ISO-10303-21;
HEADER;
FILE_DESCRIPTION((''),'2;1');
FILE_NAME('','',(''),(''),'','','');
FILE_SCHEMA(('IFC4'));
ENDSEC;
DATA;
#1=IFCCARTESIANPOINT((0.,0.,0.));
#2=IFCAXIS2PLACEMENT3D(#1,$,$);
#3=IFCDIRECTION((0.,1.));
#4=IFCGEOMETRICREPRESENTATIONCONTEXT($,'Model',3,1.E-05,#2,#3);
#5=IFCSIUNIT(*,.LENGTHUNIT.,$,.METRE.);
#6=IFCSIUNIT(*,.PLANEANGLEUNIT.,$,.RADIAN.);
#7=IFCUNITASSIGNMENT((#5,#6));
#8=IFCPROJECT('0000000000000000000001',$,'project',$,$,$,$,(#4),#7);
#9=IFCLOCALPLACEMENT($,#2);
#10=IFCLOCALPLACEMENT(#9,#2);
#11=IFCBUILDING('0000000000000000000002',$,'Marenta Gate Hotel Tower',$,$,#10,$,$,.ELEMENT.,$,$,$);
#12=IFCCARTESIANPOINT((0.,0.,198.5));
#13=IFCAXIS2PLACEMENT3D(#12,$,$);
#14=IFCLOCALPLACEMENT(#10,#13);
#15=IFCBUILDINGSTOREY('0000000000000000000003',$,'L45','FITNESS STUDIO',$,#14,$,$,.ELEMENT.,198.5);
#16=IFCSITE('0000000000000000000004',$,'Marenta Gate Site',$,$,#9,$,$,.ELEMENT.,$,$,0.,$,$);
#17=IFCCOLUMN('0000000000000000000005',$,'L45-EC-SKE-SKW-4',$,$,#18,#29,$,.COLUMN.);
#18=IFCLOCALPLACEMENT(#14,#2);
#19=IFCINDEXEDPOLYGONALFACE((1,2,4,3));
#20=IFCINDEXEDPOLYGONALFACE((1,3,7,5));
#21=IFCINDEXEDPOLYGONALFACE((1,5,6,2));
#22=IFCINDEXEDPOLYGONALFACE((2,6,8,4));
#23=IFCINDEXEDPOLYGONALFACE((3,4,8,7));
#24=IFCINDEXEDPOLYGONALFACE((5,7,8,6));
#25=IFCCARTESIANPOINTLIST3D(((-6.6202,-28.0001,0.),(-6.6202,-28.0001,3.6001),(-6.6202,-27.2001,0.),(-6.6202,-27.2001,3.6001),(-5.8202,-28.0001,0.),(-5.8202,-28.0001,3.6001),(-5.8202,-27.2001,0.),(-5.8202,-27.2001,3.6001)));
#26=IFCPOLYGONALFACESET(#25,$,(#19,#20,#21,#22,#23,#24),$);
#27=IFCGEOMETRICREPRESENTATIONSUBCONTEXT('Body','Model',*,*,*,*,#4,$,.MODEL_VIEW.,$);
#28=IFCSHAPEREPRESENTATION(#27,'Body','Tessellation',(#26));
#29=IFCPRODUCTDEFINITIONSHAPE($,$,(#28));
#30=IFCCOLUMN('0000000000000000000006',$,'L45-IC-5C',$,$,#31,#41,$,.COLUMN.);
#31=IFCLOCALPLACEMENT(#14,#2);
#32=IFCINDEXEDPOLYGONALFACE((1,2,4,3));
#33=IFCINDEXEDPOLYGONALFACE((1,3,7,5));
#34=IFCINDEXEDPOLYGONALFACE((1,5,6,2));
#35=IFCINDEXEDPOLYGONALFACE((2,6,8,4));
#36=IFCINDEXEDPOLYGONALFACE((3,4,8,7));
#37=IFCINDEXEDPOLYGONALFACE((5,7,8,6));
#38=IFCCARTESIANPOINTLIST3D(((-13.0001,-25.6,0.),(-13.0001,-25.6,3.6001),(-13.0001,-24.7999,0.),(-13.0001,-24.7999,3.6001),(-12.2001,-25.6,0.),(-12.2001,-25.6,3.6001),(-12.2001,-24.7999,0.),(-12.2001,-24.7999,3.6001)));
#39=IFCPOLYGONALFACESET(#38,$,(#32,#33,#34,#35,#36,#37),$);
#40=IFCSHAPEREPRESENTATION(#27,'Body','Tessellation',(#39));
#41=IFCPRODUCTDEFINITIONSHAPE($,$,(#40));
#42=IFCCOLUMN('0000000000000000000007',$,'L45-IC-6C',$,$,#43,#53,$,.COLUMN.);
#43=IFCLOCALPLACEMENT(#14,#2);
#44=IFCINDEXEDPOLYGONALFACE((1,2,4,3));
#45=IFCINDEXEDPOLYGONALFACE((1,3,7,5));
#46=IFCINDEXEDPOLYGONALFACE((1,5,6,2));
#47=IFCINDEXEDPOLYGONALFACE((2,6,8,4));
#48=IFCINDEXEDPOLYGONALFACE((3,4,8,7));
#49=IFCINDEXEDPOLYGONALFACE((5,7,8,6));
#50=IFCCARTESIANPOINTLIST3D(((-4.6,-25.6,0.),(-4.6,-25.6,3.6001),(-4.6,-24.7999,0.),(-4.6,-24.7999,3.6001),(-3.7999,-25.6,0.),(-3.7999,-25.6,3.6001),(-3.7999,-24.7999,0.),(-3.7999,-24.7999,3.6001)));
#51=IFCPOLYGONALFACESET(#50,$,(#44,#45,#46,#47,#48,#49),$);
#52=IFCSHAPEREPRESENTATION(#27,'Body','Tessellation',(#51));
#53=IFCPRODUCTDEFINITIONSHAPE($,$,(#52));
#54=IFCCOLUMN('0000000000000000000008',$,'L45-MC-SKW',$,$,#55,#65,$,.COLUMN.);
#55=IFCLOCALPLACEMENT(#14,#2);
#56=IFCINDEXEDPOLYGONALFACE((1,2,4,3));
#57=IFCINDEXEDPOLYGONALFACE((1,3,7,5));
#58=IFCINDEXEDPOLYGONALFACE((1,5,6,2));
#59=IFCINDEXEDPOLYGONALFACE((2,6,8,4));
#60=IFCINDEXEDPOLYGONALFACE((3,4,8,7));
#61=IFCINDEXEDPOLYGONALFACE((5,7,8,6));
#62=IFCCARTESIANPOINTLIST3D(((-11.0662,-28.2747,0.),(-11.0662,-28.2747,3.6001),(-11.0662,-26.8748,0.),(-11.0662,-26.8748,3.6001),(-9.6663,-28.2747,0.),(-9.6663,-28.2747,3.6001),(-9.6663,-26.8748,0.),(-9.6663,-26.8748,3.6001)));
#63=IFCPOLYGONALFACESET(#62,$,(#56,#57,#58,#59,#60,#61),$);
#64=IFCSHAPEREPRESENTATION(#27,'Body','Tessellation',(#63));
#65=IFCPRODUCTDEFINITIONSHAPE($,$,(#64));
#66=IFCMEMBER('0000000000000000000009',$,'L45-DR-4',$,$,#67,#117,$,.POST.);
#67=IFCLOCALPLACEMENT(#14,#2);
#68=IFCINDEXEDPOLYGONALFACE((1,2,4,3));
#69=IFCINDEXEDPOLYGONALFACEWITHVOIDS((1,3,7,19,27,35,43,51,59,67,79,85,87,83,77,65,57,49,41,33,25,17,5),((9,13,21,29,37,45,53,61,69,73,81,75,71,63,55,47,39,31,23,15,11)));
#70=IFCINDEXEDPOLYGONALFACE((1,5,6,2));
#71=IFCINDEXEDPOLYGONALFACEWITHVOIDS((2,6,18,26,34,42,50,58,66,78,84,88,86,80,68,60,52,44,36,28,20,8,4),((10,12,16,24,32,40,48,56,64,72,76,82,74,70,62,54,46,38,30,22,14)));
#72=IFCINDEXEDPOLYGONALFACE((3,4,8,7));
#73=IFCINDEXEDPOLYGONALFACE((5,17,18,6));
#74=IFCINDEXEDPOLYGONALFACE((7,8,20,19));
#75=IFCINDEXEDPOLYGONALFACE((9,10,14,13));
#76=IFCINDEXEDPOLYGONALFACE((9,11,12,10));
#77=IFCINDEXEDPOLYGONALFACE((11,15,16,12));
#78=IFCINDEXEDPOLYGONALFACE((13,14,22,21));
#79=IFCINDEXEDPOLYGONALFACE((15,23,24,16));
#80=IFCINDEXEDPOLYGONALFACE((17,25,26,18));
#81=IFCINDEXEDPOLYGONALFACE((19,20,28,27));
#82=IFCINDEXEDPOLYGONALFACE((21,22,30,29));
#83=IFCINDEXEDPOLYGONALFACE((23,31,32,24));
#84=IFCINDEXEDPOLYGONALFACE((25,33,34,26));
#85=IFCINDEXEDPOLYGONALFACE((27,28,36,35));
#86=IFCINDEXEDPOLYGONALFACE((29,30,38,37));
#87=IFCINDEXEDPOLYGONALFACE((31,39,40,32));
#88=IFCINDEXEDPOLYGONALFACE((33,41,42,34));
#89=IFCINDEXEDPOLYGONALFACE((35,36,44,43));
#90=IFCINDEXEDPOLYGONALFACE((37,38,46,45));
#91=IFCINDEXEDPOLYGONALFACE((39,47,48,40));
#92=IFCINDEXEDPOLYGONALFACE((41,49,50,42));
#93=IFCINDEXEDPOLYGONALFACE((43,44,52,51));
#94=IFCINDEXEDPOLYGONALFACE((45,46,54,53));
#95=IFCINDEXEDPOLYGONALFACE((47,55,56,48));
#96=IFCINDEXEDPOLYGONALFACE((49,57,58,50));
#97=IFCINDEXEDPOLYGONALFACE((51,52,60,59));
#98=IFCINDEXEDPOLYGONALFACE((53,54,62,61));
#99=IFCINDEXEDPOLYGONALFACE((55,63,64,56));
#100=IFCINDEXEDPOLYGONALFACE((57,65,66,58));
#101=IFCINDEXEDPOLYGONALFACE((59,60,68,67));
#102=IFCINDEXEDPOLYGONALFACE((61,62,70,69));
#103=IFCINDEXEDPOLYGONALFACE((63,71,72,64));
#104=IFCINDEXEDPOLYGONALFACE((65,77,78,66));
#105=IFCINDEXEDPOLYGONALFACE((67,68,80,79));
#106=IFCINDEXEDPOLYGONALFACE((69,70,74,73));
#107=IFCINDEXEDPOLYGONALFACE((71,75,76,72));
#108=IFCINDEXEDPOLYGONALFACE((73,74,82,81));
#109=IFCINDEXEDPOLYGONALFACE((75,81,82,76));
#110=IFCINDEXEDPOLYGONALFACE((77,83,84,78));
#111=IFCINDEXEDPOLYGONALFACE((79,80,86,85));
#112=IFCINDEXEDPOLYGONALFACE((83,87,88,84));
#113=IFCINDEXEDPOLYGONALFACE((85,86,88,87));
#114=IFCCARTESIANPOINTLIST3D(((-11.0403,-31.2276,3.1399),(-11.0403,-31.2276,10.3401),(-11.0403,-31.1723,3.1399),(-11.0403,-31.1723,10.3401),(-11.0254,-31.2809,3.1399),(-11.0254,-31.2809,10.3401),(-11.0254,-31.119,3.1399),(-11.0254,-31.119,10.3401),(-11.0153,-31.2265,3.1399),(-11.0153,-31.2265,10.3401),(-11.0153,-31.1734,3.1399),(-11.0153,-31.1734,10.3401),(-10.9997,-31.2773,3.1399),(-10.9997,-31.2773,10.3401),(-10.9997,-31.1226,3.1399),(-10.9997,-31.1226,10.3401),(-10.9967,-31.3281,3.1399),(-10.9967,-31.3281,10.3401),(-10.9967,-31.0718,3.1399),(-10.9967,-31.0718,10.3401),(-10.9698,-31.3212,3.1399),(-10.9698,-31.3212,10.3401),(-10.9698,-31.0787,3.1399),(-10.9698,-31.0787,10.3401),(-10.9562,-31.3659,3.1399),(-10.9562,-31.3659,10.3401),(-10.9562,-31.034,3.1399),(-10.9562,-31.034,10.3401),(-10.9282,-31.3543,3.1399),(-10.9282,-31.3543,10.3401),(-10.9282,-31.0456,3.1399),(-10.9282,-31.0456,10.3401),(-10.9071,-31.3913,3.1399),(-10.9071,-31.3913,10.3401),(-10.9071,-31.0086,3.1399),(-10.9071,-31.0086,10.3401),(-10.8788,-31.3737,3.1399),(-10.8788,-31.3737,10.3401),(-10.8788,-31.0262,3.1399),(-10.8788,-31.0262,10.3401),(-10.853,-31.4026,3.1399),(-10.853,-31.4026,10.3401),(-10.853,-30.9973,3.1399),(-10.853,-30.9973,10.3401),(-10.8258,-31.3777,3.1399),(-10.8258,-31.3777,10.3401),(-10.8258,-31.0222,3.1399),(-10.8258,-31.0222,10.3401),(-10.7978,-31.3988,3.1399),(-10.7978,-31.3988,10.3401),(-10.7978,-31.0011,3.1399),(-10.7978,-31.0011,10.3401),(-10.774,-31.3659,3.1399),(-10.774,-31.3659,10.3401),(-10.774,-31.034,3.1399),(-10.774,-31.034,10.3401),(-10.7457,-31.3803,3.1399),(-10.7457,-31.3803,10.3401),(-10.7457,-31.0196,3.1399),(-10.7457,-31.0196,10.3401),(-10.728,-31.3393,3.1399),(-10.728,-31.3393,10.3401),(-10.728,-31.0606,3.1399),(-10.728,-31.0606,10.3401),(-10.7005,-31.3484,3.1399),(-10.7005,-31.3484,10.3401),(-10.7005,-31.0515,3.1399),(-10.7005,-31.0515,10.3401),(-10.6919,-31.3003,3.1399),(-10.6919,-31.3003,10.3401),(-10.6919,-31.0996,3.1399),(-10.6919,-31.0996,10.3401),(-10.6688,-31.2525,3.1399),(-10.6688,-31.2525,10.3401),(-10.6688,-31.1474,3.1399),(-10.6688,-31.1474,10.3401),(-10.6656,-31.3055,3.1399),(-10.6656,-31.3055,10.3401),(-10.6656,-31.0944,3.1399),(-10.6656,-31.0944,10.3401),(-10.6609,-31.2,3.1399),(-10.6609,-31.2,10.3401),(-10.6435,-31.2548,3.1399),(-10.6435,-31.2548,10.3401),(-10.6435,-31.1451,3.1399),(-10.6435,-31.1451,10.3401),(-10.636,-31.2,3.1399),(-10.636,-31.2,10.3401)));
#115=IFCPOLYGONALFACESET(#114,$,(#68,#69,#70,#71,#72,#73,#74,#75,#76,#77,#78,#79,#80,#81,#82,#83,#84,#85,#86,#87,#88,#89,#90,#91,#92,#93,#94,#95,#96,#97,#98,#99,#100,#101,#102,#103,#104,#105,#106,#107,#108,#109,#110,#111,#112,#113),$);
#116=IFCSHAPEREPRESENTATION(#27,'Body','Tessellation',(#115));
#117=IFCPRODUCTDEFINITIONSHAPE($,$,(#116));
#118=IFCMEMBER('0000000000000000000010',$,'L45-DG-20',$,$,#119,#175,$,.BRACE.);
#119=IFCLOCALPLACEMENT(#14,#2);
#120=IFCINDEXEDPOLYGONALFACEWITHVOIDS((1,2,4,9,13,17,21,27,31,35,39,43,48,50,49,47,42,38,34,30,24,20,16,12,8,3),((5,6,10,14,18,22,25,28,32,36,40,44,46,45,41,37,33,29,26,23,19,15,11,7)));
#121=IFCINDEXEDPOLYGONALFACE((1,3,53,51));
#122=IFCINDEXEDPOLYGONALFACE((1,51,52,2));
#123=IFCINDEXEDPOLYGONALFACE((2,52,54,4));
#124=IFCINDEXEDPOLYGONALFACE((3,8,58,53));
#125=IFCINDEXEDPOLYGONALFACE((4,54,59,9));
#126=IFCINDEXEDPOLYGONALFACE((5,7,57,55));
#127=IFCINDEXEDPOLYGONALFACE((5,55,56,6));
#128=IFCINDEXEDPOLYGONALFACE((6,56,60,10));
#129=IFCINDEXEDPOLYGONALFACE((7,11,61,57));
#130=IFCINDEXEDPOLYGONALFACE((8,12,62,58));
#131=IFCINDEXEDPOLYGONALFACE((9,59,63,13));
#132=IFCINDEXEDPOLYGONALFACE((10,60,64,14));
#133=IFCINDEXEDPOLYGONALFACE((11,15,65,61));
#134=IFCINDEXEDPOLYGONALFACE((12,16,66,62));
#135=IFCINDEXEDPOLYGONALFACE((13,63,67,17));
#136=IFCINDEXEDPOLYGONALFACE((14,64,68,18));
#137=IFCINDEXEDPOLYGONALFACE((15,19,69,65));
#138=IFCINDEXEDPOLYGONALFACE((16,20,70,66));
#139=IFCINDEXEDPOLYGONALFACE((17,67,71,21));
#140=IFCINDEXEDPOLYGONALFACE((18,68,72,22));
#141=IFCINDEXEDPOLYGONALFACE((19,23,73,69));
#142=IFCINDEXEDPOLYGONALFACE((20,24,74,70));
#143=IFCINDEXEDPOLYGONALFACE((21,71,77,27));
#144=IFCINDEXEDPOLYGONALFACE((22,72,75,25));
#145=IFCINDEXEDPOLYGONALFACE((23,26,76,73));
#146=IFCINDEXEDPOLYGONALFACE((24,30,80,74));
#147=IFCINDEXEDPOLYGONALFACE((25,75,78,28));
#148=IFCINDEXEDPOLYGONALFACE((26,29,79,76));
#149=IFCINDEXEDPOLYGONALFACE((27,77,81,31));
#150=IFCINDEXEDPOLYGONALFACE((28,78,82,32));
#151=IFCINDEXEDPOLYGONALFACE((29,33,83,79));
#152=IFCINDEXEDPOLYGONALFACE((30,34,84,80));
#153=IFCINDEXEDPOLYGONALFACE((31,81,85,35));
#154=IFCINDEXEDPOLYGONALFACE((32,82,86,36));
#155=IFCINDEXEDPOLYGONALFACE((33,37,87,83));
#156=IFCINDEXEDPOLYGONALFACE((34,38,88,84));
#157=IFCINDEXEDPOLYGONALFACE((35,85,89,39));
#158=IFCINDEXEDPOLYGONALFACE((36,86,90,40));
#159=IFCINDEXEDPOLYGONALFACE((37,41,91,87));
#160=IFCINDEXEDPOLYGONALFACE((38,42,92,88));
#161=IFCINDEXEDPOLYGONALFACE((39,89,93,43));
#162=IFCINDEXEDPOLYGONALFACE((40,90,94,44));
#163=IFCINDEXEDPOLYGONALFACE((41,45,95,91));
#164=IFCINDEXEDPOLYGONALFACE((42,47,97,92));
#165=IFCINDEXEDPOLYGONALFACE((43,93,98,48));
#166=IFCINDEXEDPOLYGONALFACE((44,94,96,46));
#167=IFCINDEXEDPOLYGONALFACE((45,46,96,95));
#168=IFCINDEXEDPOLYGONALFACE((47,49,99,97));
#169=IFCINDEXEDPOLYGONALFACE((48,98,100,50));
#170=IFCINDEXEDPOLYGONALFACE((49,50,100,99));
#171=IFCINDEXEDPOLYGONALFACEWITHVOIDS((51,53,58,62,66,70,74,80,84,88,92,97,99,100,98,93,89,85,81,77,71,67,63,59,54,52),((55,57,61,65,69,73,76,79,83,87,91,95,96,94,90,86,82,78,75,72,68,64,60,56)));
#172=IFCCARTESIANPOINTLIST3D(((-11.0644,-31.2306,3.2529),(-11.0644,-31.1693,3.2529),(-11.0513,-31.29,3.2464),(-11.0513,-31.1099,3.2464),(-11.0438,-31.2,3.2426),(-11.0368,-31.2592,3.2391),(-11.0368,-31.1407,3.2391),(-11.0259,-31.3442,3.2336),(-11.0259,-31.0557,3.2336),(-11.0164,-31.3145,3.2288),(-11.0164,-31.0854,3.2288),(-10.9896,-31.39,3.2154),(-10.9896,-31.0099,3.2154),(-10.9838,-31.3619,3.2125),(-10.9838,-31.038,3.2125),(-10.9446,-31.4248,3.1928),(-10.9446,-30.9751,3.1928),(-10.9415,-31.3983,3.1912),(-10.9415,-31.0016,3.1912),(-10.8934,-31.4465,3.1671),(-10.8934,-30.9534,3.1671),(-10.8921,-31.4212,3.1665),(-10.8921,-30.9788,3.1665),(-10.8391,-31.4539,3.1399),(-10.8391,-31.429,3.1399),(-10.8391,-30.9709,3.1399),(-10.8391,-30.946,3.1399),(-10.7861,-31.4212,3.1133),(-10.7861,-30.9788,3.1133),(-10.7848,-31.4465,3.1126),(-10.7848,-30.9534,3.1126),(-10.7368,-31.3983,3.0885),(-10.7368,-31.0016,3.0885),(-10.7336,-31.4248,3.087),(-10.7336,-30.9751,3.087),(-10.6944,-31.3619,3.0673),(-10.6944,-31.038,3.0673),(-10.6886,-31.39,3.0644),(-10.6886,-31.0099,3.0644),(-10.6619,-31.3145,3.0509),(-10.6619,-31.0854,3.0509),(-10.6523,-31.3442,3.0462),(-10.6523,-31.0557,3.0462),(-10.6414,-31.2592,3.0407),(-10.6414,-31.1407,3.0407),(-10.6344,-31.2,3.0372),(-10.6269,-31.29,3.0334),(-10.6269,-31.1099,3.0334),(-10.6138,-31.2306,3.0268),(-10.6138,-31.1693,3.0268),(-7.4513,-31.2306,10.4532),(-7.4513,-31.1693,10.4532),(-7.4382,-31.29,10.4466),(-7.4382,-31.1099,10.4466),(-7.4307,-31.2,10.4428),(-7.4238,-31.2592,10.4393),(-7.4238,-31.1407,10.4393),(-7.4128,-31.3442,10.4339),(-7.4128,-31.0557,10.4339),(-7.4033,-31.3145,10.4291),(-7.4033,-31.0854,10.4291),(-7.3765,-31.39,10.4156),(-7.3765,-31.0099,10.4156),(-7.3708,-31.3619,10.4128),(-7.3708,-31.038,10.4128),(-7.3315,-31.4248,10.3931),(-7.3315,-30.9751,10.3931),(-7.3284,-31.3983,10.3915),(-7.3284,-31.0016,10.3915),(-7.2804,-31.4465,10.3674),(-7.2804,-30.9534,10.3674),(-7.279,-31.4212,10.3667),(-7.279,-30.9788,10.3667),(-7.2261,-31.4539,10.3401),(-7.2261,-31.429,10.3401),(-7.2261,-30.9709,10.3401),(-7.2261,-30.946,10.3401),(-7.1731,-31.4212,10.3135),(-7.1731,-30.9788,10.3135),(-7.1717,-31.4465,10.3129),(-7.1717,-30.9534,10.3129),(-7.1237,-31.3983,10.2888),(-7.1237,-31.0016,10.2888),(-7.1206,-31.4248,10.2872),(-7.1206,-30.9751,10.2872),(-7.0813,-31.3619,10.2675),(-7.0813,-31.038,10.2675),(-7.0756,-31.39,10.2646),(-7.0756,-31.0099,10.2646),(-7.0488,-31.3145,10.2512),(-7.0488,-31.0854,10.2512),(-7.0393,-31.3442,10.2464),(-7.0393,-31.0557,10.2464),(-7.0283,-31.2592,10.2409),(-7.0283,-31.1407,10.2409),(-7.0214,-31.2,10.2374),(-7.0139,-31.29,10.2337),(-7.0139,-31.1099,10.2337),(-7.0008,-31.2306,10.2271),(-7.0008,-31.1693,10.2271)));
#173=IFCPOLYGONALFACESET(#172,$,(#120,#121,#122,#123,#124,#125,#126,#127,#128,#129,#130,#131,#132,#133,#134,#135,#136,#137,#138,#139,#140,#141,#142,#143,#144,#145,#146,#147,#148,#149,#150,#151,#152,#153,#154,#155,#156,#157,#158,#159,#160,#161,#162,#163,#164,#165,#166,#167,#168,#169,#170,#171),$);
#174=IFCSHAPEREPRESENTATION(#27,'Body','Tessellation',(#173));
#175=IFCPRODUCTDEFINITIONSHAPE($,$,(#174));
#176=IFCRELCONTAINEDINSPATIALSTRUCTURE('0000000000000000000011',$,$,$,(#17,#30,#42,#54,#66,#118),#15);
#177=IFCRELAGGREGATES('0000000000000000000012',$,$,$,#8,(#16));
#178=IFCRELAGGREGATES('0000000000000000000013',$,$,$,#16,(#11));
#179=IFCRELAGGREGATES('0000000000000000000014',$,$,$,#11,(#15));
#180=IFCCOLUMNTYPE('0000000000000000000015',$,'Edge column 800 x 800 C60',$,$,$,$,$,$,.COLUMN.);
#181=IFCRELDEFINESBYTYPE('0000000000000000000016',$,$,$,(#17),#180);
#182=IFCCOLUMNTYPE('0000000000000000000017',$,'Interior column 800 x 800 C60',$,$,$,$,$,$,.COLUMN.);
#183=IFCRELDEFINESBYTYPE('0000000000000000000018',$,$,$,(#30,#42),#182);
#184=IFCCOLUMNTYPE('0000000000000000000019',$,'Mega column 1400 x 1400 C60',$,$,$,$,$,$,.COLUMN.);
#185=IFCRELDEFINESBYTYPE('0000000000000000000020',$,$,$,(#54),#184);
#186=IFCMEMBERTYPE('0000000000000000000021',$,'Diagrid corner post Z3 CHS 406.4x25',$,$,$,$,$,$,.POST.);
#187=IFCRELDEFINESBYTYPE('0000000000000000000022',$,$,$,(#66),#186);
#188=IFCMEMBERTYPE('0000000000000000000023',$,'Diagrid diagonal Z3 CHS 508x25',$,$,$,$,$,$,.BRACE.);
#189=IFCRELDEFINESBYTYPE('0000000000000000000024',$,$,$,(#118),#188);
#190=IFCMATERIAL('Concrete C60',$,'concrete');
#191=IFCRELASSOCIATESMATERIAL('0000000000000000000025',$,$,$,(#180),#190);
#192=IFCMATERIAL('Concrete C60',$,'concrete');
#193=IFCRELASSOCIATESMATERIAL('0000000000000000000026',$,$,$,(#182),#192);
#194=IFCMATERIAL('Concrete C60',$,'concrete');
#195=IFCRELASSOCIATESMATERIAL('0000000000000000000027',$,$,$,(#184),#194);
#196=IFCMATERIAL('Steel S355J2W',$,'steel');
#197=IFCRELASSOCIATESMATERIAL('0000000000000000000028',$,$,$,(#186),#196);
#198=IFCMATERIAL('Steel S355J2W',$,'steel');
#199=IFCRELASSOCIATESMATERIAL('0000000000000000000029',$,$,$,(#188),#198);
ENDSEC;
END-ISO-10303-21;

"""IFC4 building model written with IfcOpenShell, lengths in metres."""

from ifc_helpers import new_model, si_unit, direction, frame, origin, origin_2d, place, context, subcontext, project, spatial, rectangle, hollow_circle, extrude, material, material_profile, profile_set, type_object, element, save


model = new_model("IFC4")

# Units and contexts
model_context = context("Model", 3, precision=1e-05, world=origin(), true_north=direction((0.0, 1.0)))
body_context = subcontext(model_context, "Body", "Model", "MODEL_VIEW")
ifc_project = project(units=[si_unit("LENGTHUNIT", "METRE"), si_unit("PLANEANGLEUNIT", "RADIAN")], contexts=[model_context])

# Site, building, storey
site_placement = place(None, origin())
site = spatial("IfcSite", under=ifc_project, at=site_placement, Name="Marenta Gate Site", CompositionType="ELEMENT", RefElevation=0.0)
building_placement = place(site_placement, origin())
building = spatial("IfcBuilding", under=site, at=building_placement, Name="Marenta Gate Hotel Tower", CompositionType="ELEMENT")
storey_placement = place(building_placement, frame((0.0, 0.0, 198.5)))
storey = spatial("IfcBuildingStorey", under=building, at=storey_placement, Name="L45", Description="FITNESS STUDIO", CompositionType="ELEMENT", Elevation=198.5)

# Columns
ifc_material_1 = material(Name="Concrete C60", Category="concrete")
ifc_material_profile_1 = material_profile(ifc_material_1, rectangle(XDim=0.8, YDim=0.8, at=origin_2d()), Name="800 x 800")
ifc_profile_set_1 = profile_set([ifc_material_profile_1], Name="Concrete C60")
column_type_1 = type_object("IfcColumnType", Name="Edge column 800 x 800 C60", PredefinedType="COLUMN", material=ifc_profile_set_1)
column_1_placement = place(storey_placement, frame((-6.2202, -27.6001, 0.0), z_axis=(0.0, 0.0, 1.0), x_axis=(1.0, 0.0, 0.0)))
element("IfcColumn", 1, at=column_1_placement, inside=storey, type_object=column_type_1, Name="L45-EC-SKE-SKW-4", PredefinedType="COLUMN", context=body_context, shape_type="SweptSolid", body=[
    extrude(rectangle(XDim=0.8, YDim=0.8, at=origin_2d()), origin(), (0.0, 0.0, 1.0), 3.6001),
])
ifc_material_2 = material(Name="Concrete C60", Category="concrete")
ifc_material_profile_2 = material_profile(ifc_material_2, rectangle(XDim=0.8, YDim=0.8, at=origin_2d()), Name="800 x 800")
ifc_profile_set_2 = profile_set([ifc_material_profile_2], Name="Concrete C60")
column_type_2 = type_object("IfcColumnType", Name="Interior column 800 x 800 C60", PredefinedType="COLUMN", material=ifc_profile_set_2)
for number, where, z_axis, x_axis, name in (
    (2, (-12.6001, -25.2, 0.0), (0.0, 0.0, 1.0), (1.0, 0.0, 0.0), "L45-IC-5C"),
    (3, (-4.2, -25.2, 0.0), (0.0, 0.0, 1.0), (1.0, 0.0, 0.0), "L45-IC-6C"),
):
    element("IfcColumn", number, at=place(storey_placement, frame(where, z_axis=z_axis, x_axis=x_axis)), inside=storey, type_object=column_type_2, Name=name, PredefinedType="COLUMN", context=body_context, shape_type="SweptSolid", body=[
        extrude(rectangle(XDim=0.8, YDim=0.8, at=origin_2d()), origin(), (0.0, 0.0, 1.0), 3.6001),
    ])
ifc_material_3 = material(Name="Concrete C60", Category="concrete")
ifc_material_profile_3 = material_profile(ifc_material_3, rectangle(XDim=1.3999, YDim=1.3999, at=origin_2d()), Name="1400 x 1400")
ifc_profile_set_3 = profile_set([ifc_material_profile_3], Name="Concrete C60")
column_type_3 = type_object("IfcColumnType", Name="Mega column 1400 x 1400 C60", PredefinedType="COLUMN", material=ifc_profile_set_3)
column_2_placement = place(storey_placement, frame((-10.3662, -27.5747, 0.0), z_axis=(0.0, 0.0, 1.0), x_axis=(1.0, 0.0, 0.0)))
element("IfcColumn", 4, at=column_2_placement, inside=storey, type_object=column_type_3, Name="L45-MC-SKW", PredefinedType="COLUMN", context=body_context, shape_type="SweptSolid", body=[
    extrude(rectangle(XDim=1.3999, YDim=1.3999, at=origin_2d()), origin(), (0.0, 0.0, 1.0), 3.6001),
])

# Members
ifc_material_4 = material(Name="Steel S355J2W", Category="steel")
ifc_material_profile_4 = material_profile(ifc_material_4, hollow_circle(Radius=0.2031, WallThickness=0.0249, at=origin_2d()), Name="CHS 406.4x25")
ifc_profile_set_4 = profile_set([ifc_material_profile_4], Name="Steel S355J2W")
member_type_1 = type_object("IfcMemberType", Name="Diagrid corner post Z3 CHS 406.4x25", PredefinedType="POST", material=ifc_profile_set_4)
member_1_placement = place(storey_placement, frame((-10.8391, -31.2, 3.1399), z_axis=(0.0, 0.0, 1.0), x_axis=(1.0, 0.0, 0.0)))
element("IfcMember", 5, at=member_1_placement, inside=storey, type_object=member_type_1, Name="L45-DR-4", PredefinedType="POST", context=body_context, shape_type="SweptSolid", body=[
    extrude(hollow_circle(Radius=0.2031, WallThickness=0.0249, at=origin_2d()), origin(), (0.0, 0.0, 1.0), 7.2002),
])
ifc_material_5 = material(Name="Steel S355J2W", Category="steel")
ifc_material_profile_5 = material_profile(ifc_material_5, hollow_circle(Radius=0.2539, WallThickness=0.0249, at=origin_2d()), Name="CHS 508x25")
ifc_profile_set_5 = profile_set([ifc_material_profile_5], Name="Steel S355J2W")
member_type_2 = type_object("IfcMemberType", Name="Diagrid diagonal Z3 CHS 508x25", PredefinedType="BRACE", material=ifc_profile_set_5)
member_2_placement = place(storey_placement, frame((-10.8391, -31.2, 3.1399), z_axis=(0.448498, 0.0, 0.893784), x_axis=(0.0, 1.0, 0.0)))
element("IfcMember", 6, at=member_2_placement, inside=storey, type_object=member_type_2, Name="L45-DG-20", PredefinedType="BRACE", context=body_context, shape_type="SweptSolid", body=[
    extrude(hollow_circle(Radius=0.2539, WallThickness=0.0249, at=origin_2d()), origin(), (0.0, 0.0, 1.0), 8.0559),
])

save(model, "model.ifc")
